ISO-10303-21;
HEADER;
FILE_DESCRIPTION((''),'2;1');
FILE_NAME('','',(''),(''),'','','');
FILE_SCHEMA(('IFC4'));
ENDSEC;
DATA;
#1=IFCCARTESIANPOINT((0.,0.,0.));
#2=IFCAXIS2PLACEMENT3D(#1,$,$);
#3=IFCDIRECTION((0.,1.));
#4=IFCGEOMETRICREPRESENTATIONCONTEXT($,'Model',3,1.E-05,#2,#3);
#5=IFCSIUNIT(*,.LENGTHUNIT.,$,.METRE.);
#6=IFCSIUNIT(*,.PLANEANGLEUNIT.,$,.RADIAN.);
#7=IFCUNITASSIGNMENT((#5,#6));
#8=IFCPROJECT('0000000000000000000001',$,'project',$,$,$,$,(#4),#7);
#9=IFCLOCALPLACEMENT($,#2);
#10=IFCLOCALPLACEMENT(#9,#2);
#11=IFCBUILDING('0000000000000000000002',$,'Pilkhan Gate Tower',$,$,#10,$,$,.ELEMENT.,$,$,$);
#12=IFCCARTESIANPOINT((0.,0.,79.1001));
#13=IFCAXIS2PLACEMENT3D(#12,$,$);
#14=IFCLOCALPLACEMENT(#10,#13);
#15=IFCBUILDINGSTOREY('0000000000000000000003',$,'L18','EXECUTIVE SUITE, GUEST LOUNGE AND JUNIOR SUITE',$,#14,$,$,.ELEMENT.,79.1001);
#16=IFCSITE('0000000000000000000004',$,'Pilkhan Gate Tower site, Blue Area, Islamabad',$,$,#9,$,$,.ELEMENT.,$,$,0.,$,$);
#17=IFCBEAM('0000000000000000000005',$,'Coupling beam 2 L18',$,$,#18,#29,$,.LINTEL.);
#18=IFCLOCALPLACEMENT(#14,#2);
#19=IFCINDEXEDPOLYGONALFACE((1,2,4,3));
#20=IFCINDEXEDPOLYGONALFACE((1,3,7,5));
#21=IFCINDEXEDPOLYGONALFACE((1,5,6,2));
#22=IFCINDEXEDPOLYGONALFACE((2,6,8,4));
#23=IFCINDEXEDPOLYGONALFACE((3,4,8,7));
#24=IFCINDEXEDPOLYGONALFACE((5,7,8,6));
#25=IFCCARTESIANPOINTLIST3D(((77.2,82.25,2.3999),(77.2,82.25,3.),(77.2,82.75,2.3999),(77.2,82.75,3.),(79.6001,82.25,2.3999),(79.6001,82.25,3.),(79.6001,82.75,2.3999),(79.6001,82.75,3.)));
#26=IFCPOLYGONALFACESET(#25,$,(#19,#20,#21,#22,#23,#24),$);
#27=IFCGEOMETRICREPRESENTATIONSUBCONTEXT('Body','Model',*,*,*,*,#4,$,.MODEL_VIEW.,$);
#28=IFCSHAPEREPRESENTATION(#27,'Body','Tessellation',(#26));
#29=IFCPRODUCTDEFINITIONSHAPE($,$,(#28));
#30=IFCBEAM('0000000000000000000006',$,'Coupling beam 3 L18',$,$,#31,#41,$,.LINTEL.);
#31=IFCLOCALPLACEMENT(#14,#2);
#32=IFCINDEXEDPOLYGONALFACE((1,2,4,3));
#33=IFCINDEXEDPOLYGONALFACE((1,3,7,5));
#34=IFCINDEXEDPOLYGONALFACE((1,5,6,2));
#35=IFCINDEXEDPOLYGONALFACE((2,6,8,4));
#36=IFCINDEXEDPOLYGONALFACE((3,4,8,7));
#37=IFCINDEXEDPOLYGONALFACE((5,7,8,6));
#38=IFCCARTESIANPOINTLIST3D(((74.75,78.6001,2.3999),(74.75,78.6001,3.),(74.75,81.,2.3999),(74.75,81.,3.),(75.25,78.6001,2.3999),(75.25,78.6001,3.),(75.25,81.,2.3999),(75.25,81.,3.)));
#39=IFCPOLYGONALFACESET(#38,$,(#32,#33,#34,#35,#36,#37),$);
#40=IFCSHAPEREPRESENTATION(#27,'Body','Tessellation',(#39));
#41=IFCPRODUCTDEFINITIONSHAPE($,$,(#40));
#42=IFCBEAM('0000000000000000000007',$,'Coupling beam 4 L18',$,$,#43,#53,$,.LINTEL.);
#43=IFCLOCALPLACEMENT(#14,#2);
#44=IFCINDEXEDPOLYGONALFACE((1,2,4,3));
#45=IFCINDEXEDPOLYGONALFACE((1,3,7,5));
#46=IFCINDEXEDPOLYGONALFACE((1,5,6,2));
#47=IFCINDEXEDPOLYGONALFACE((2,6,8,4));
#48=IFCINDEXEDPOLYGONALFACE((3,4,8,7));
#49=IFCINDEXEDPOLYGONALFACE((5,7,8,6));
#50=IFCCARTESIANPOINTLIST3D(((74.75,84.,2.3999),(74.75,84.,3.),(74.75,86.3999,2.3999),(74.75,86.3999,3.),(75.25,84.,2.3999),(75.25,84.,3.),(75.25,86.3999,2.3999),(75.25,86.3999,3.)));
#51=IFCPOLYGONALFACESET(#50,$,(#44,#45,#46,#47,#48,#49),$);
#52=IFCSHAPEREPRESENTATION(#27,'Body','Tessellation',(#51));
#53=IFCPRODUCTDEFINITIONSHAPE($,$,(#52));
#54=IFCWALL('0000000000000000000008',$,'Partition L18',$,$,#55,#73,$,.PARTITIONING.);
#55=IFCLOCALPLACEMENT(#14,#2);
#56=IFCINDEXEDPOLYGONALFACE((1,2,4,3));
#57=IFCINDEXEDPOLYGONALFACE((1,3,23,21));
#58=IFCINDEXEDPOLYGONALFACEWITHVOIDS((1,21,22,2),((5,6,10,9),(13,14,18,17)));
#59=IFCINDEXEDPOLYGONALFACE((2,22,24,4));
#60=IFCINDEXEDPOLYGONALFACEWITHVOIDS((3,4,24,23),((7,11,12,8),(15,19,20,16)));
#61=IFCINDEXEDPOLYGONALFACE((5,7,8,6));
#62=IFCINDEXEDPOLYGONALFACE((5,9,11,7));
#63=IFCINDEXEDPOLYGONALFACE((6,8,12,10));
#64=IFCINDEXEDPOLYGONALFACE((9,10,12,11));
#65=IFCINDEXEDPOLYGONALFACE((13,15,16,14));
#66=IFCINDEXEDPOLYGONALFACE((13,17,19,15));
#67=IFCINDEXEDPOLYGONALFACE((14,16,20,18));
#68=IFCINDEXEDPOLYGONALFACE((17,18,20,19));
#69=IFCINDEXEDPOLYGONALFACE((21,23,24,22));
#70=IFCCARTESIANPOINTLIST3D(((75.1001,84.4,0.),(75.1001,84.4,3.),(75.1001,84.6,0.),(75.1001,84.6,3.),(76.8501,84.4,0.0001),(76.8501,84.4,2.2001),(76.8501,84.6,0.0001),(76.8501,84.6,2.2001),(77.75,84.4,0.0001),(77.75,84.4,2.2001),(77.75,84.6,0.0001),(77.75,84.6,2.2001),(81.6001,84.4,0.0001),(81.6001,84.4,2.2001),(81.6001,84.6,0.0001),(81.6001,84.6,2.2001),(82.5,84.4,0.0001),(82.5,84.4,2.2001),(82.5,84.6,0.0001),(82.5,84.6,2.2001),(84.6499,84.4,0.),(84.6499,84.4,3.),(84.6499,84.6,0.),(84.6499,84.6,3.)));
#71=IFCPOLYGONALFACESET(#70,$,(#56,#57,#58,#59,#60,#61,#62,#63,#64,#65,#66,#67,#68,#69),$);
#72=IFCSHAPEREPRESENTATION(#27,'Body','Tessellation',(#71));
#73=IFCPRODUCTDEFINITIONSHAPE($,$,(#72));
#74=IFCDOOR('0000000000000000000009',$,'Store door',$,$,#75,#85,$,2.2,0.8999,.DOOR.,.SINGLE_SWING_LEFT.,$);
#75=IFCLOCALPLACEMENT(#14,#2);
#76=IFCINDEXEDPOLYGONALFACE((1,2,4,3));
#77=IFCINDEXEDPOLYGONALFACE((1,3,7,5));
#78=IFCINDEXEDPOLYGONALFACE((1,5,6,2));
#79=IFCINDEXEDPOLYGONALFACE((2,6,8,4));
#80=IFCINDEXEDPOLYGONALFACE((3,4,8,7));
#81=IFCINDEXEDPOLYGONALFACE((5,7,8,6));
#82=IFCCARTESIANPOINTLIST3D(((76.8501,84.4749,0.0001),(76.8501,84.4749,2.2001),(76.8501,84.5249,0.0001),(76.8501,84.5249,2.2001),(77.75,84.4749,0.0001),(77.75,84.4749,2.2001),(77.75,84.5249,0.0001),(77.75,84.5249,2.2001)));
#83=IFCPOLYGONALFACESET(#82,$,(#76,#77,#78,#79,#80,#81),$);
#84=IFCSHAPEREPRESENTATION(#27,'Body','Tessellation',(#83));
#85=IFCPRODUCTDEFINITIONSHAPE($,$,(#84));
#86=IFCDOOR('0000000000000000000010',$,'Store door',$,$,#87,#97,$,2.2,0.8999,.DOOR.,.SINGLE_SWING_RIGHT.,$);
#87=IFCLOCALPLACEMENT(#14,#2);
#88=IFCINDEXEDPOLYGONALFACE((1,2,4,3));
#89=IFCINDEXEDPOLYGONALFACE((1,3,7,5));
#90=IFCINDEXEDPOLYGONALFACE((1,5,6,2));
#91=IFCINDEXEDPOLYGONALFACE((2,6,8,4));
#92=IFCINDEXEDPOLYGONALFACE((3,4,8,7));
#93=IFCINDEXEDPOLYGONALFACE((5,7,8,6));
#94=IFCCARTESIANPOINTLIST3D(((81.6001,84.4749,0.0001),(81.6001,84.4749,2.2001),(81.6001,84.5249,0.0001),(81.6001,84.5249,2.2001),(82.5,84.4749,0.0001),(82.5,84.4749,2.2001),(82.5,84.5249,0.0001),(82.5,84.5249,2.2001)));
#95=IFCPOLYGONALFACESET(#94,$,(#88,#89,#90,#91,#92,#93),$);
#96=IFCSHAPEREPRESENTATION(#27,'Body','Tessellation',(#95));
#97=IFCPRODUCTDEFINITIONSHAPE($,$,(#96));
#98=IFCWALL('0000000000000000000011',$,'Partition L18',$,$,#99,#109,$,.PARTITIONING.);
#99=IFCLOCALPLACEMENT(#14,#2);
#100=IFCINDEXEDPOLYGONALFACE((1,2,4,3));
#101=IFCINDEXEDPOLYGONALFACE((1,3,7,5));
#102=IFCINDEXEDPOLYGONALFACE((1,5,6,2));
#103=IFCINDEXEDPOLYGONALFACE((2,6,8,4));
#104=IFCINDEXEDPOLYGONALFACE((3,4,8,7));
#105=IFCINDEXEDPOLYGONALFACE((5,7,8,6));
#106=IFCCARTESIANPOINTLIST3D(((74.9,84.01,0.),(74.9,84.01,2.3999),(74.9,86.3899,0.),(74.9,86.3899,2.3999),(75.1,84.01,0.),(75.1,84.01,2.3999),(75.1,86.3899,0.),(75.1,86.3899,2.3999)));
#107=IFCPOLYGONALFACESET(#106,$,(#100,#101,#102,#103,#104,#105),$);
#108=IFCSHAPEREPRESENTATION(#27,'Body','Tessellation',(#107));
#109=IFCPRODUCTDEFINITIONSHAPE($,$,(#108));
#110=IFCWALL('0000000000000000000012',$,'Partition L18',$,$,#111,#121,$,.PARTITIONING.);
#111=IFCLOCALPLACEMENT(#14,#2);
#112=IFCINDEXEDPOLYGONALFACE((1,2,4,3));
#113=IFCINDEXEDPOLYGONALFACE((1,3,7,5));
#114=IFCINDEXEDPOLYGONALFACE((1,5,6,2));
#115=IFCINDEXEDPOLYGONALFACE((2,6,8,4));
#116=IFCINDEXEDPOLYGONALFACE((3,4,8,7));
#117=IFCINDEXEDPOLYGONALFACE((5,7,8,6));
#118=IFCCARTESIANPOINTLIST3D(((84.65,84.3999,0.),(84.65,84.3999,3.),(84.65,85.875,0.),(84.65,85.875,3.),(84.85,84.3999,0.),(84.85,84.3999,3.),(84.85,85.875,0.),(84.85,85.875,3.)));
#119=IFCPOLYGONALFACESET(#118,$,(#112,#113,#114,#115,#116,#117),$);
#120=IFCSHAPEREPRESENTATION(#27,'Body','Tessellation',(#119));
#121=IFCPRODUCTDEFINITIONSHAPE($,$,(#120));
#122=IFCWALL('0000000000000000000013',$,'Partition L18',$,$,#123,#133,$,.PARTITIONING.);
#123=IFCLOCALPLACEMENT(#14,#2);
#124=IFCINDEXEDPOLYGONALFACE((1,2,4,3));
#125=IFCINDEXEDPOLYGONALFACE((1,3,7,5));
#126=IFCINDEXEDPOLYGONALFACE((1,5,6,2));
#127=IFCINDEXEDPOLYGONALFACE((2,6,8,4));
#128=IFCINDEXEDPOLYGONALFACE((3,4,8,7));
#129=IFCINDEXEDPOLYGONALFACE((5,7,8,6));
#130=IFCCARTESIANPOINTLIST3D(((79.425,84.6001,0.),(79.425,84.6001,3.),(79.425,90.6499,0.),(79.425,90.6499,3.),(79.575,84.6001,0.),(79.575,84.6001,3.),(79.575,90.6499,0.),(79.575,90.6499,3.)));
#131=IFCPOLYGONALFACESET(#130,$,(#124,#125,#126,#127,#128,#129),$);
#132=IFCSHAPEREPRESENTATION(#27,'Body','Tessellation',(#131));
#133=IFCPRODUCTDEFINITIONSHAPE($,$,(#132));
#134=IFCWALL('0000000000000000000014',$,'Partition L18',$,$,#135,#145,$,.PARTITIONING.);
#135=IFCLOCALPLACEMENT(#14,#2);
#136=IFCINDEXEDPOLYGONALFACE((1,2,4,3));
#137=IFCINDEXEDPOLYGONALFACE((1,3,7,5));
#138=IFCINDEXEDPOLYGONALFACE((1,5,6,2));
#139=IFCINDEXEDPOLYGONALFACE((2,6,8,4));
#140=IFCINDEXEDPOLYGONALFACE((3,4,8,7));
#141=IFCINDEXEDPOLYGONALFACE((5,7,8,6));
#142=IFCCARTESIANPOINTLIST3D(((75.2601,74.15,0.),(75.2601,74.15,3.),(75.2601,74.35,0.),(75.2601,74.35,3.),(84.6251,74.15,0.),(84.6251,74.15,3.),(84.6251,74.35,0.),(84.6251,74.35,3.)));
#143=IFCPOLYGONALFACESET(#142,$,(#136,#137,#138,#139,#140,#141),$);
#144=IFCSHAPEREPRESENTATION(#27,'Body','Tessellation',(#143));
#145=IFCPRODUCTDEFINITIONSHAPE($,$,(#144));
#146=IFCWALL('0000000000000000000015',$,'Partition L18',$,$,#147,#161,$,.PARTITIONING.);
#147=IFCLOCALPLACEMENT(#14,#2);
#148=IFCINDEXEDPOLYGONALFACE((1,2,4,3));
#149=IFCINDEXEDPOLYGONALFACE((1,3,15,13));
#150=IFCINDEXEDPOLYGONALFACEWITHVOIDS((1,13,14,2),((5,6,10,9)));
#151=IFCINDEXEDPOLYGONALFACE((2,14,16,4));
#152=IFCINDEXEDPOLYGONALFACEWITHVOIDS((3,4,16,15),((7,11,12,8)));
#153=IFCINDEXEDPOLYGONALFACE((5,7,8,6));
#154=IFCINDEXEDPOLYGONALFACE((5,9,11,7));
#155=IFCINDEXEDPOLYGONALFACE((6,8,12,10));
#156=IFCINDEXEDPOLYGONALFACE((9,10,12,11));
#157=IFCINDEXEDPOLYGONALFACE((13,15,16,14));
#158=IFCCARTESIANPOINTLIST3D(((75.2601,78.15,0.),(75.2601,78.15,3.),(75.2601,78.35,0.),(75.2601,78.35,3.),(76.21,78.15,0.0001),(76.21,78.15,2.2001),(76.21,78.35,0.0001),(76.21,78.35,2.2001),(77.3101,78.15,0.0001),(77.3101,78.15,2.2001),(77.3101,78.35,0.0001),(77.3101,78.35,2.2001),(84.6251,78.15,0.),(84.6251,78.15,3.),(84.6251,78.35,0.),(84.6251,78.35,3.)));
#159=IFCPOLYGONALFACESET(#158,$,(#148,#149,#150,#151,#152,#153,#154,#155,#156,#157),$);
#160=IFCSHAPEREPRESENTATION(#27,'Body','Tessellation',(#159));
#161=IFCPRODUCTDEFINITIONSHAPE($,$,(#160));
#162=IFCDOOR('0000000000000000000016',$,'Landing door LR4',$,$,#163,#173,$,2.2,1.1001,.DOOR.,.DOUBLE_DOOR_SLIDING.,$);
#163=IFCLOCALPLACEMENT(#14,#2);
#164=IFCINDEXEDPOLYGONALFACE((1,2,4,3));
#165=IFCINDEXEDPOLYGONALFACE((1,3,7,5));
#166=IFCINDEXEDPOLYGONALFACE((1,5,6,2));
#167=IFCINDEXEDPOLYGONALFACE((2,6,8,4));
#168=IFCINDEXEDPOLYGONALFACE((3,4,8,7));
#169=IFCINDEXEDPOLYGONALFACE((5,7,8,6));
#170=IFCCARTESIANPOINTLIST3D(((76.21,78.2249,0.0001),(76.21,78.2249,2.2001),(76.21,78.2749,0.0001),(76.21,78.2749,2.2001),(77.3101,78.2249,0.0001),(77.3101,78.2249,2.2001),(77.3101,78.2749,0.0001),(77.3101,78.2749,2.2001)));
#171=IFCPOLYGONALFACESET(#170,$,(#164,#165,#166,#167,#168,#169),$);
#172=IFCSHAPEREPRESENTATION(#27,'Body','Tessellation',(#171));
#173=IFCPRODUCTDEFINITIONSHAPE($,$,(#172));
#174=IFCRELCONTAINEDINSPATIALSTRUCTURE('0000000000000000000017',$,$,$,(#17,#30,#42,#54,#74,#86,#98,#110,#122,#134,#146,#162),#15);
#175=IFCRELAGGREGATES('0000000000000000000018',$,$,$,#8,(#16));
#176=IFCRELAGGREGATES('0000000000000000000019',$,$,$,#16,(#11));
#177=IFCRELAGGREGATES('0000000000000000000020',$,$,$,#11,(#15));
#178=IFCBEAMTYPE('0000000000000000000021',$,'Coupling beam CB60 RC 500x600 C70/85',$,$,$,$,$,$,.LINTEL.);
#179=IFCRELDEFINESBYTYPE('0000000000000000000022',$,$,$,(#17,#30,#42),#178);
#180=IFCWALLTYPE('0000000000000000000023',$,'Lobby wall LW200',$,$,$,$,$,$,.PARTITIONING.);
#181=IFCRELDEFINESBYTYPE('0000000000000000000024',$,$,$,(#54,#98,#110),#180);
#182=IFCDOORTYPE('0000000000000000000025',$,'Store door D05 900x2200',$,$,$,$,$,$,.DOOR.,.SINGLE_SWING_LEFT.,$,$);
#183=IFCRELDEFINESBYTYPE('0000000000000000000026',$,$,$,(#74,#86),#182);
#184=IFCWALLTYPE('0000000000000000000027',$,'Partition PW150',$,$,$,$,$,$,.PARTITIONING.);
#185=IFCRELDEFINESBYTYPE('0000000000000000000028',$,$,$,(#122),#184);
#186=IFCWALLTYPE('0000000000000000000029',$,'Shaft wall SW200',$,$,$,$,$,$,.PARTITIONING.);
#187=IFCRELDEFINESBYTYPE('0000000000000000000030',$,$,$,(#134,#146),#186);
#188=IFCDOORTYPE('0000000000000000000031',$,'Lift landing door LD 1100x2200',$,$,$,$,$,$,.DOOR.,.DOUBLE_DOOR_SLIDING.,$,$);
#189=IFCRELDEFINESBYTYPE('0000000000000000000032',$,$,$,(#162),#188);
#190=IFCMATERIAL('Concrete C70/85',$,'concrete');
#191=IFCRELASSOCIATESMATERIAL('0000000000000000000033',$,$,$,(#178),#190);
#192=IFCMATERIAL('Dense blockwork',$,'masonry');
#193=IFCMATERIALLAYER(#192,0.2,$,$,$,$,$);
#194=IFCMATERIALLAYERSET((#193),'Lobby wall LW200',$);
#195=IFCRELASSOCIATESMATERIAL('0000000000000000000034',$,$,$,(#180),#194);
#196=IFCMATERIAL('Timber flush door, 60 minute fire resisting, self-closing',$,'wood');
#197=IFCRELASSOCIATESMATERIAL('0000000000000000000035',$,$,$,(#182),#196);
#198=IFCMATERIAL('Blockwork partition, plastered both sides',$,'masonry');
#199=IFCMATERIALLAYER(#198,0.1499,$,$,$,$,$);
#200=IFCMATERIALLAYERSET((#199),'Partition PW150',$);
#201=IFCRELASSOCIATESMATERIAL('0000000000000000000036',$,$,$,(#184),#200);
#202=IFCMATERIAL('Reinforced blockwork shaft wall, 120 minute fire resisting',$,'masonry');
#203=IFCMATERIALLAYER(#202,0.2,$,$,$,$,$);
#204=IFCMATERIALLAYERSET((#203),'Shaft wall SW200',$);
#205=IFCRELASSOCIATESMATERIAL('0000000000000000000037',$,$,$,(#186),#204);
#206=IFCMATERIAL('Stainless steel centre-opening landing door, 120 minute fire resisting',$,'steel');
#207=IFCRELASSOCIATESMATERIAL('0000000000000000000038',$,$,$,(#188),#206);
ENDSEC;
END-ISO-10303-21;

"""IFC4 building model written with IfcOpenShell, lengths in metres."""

from ifc_helpers import new_model, si_unit, direction, frame, frame_2d, origin, origin_2d, place, context, subcontext, project, spatial, rectangle, extrude, material, layer, layer_set, material_profile, profile_set, type_object, element, fill, save


model = new_model("IFC4")

# Units and contexts
model_context = context("Model", 3, precision=1e-05, world=origin(), true_north=direction((0.0, 1.0)))
body_context = subcontext(model_context, "Body", "Model", "MODEL_VIEW")
ifc_project = project(units=[si_unit("LENGTHUNIT", "METRE"), si_unit("PLANEANGLEUNIT", "RADIAN")], contexts=[model_context])

# Site, building, storey
site_placement = place(None, origin())
site = spatial("IfcSite", under=ifc_project, at=site_placement, Name="Pilkhan Gate Tower site, Blue Area, Islamabad", CompositionType="ELEMENT", RefElevation=0.0)
building_placement = place(site_placement, origin())
building = spatial("IfcBuilding", under=site, at=building_placement, Name="Pilkhan Gate Tower", CompositionType="ELEMENT")
storey_placement = place(building_placement, frame((0.0, 0.0, 79.1001)))
storey = spatial("IfcBuildingStorey", under=building, at=storey_placement, Name="L18", Description="EXECUTIVE SUITE, GUEST LOUNGE AND JUNIOR SUITE", CompositionType="ELEMENT", Elevation=79.1001)

# Beams
ifc_material_1 = material(Name="Concrete C70/85", Category="concrete")
ifc_material_profile = material_profile(ifc_material_1, rectangle(XDim=0.5, YDim=0.6001, at=origin_2d()), Name="RC 500x600")
ifc_profile_set = profile_set([ifc_material_profile], Name="Concrete C70/85")
beam_type = type_object("IfcBeamType", Name="Coupling beam CB60 RC 500x600 C70/85", PredefinedType="LINTEL", material=ifc_profile_set)
beam_placement = place(storey_placement, frame((77.2, 82.5, 2.7), z_axis=(1.0, 0.0, 0.0), x_axis=(0.0, 1.0, 0.0)))
element("IfcBeam", 1, at=beam_placement, inside=storey, type_object=beam_type, Name="Coupling beam 2 L18", PredefinedType="LINTEL", context=body_context, shape_type="SweptSolid", body=[
    extrude(rectangle(XDim=0.5, YDim=0.6001, at=origin_2d()), origin(), (0.0, 0.0, 1.0), 2.4001),
])
for number, where, z_axis, x_axis, name in (
    (2, (75.0, 78.6001, 2.7), (0.0, 1.0, 0.0), (-1.0, 0.0, 0.0), "Coupling beam 3 L18"),
    (3, (75.0, 84.0, 2.7), (0.0, 1.0, 0.0), (-1.0, 0.0, 0.0), "Coupling beam 4 L18"),
):
    element("IfcBeam", number, at=place(storey_placement, frame(where, z_axis=z_axis, x_axis=x_axis)), inside=storey, type_object=beam_type, Name=name, PredefinedType="LINTEL", context=body_context, shape_type="SweptSolid", body=[
        extrude(rectangle(XDim=0.5, YDim=0.6001, at=origin_2d()), origin(), (0.0, 0.0, 1.0), 2.3999),
    ])

# Wall, openings, doors
ifc_material_2 = material(Name="Dense blockwork", Category="masonry")
ifc_layer_1 = layer(ifc_material_2, 0.2)
ifc_layer_set_1 = layer_set([ifc_layer_1], Name="Lobby wall LW200")
wall_type_1 = type_object("IfcWallType", Name="Lobby wall LW200", PredefinedType="PARTITIONING", material=ifc_layer_set_1)
wall_1_placement = place(storey_placement, frame((75.1001, 84.5, 0.0), z_axis=(0.0, 0.0, 1.0), x_axis=(1.0, 0.0, 0.0)))
wall_1 = element("IfcWall", 4, at=wall_1_placement, inside=storey, type_object=wall_type_1, Name="Partition L18", PredefinedType="PARTITIONING", context=body_context, shape_type="SweptSolid", body=[
    extrude(rectangle(XDim=9.5498, YDim=0.2, at=frame_2d((4.7749, 0.0))), origin(), (0.0, 0.0, 1.0), 3.0),
])
opening_1_placement = place(wall_1_placement, frame((1.75, 0.0, 0.0)))
opening_1 = element("IfcOpeningElement", 5, at=opening_1_placement, cuts=wall_1, PredefinedType="OPENING", context=body_context, shape_type="SweptSolid", body=[
    extrude(rectangle(XDim=0.8999, YDim=2.2, at=frame_2d((0.45, 1.1001))), frame((0.0, 0.1099, 0.0), z_axis=(0.0, -1.0, 0.0), x_axis=(1.0, 0.0, 0.0)), (0.0, 0.0, 1.0), 0.22),
])
opening_2_placement = place(wall_1_placement, frame((6.5, 0.0, 0.0)))
opening_2 = element("IfcOpeningElement", 6, at=opening_2_placement, cuts=wall_1, PredefinedType="OPENING", context=body_context, shape_type="SweptSolid", body=[
    extrude(rectangle(XDim=0.8999, YDim=2.2, at=frame_2d((0.45, 1.1001))), frame((0.0, 0.1099, 0.0), z_axis=(0.0, -1.0, 0.0), x_axis=(1.0, 0.0, 0.0)), (0.0, 0.0, 1.0), 0.22),
])
ifc_material_3 = material(Name="Timber flush door, 60 minute fire resisting, self-closing", Category="wood")
door_type_1 = type_object("IfcDoorType", Name="Store door D05 900x2200", OperationType="SINGLE_SWING_LEFT", PredefinedType="DOOR", material=ifc_material_3)
door_1_placement = place(opening_1_placement, origin())
door_1 = element("IfcDoor", 7, at=door_1_placement, inside=storey, type_object=door_type_1, Name="Store door", OperationType="SINGLE_SWING_LEFT", OverallHeight=2.2, OverallWidth=0.8999, PredefinedType="DOOR", context=body_context, shape_type="SweptSolid", body=[
    extrude(rectangle(XDim=0.8999, YDim=2.2, at=frame_2d((0.45, 1.1001))), frame((0.0, 0.0249, 0.0), z_axis=(0.0, -1.0, 0.0), x_axis=(1.0, 0.0, 0.0)), (0.0, 0.0, 1.0), 0.05),
])
fill(opening_1, door_1)
door_2_placement = place(opening_2_placement, origin())
door_2 = element("IfcDoor", 8, at=door_2_placement, inside=storey, type_object=door_type_1, Name="Store door", OperationType="SINGLE_SWING_RIGHT", OverallHeight=2.2, OverallWidth=0.8999, PredefinedType="DOOR", context=body_context, shape_type="SweptSolid", body=[
    extrude(rectangle(XDim=0.8999, YDim=2.2, at=frame_2d((0.45, 1.1001))), frame((0.0, 0.0249, 0.0), z_axis=(0.0, -1.0, 0.0), x_axis=(1.0, 0.0, 0.0)), (0.0, 0.0, 1.0), 0.05),
])
fill(opening_2, door_2)

# Walls
wall_2_placement = place(storey_placement, frame((75.0, 84.01, 0.0), z_axis=(0.0, 0.0, 1.0), x_axis=(0.0, 1.0, 0.0)))
element("IfcWall", 9, at=wall_2_placement, inside=storey, type_object=wall_type_1, Name="Partition L18", PredefinedType="PARTITIONING", context=body_context, shape_type="SweptSolid", body=[
    extrude(rectangle(XDim=2.3799, YDim=0.2, at=frame_2d((1.1899, 0.0))), origin(), (0.0, 0.0, 1.0), 2.3999),
])
wall_3_placement = place(storey_placement, frame((84.75, 84.3999, 0.0), z_axis=(0.0, 0.0, 1.0), x_axis=(0.0, 1.0, 0.0)))
element("IfcWall", 10, at=wall_3_placement, inside=storey, type_object=wall_type_1, Name="Partition L18", PredefinedType="PARTITIONING", context=body_context, shape_type="SweptSolid", body=[
    extrude(rectangle(XDim=1.4751, YDim=0.2, at=frame_2d((0.7375, 0.0))), origin(), (0.0, 0.0, 1.0), 3.0),
])
ifc_material_4 = material(Name="Blockwork partition, plastered both sides", Category="masonry")
ifc_layer_2 = layer(ifc_material_4, 0.1499)
ifc_layer_set_2 = layer_set([ifc_layer_2], Name="Partition PW150")
wall_type_2 = type_object("IfcWallType", Name="Partition PW150", PredefinedType="PARTITIONING", material=ifc_layer_set_2)
wall_4_placement = place(storey_placement, frame((79.5, 84.6001, 0.0), z_axis=(0.0, 0.0, 1.0), x_axis=(0.0, 1.0, 0.0)))
element("IfcWall", 11, at=wall_4_placement, inside=storey, type_object=wall_type_2, Name="Partition L18", PredefinedType="PARTITIONING", context=body_context, shape_type="SweptSolid", body=[
    extrude(rectangle(XDim=6.0498, YDim=0.1499, at=frame_2d((3.0249, 0.0))), origin(), (0.0, 0.0, 1.0), 3.0),
])
ifc_material_5 = material(Name="Reinforced blockwork shaft wall, 120 minute fire resisting", Category="masonry")
ifc_layer_3 = layer(ifc_material_5, 0.2)
ifc_layer_set_3 = layer_set([ifc_layer_3], Name="Shaft wall SW200")
wall_type_3 = type_object("IfcWallType", Name="Shaft wall SW200", PredefinedType="PARTITIONING", material=ifc_layer_set_3)
wall_5_placement = place(storey_placement, frame((75.26, 74.25, 0.0), z_axis=(0.0, 0.0, 1.0), x_axis=(1.0, 0.0, 0.0)))
element("IfcWall", 12, at=wall_5_placement, inside=storey, type_object=wall_type_3, Name="Partition L18", PredefinedType="PARTITIONING", context=body_context, shape_type="SweptSolid", body=[
    extrude(rectangle(XDim=9.365, YDim=0.2, at=frame_2d((4.6826, 0.0))), origin(), (0.0, 0.0, 1.0), 3.0),
])

# Wall, opening, door
wall_6_placement = place(storey_placement, frame((75.26, 78.25, 0.0), z_axis=(0.0, 0.0, 1.0), x_axis=(1.0, 0.0, 0.0)))
wall_6 = element("IfcWall", 13, at=wall_6_placement, inside=storey, type_object=wall_type_3, Name="Partition L18", PredefinedType="PARTITIONING", context=body_context, shape_type="SweptSolid", body=[
    extrude(rectangle(XDim=9.365, YDim=0.2, at=frame_2d((4.6826, 0.0))), origin(), (0.0, 0.0, 1.0), 3.0),
])
opening_3_placement = place(wall_6_placement, frame((0.95, 0.0, 0.0)))
opening_3 = element("IfcOpeningElement", 14, at=opening_3_placement, cuts=wall_6, PredefinedType="OPENING", context=body_context, shape_type="SweptSolid", body=[
    extrude(rectangle(XDim=1.1001, YDim=2.2, at=frame_2d((0.55, 1.1001))), frame((0.0, 0.1099, 0.0), z_axis=(0.0, -1.0, 0.0), x_axis=(1.0, 0.0, 0.0)), (0.0, 0.0, 1.0), 0.22),
])
ifc_material_6 = material(Name="Stainless steel centre-opening landing door, 120 minute fire resisting", Category="steel")
door_type_2 = type_object("IfcDoorType", Name="Lift landing door LD 1100x2200", OperationType="DOUBLE_DOOR_SLIDING", PredefinedType="DOOR", material=ifc_material_6)
door_3_placement = place(opening_3_placement, origin())
door_3 = element("IfcDoor", 15, at=door_3_placement, inside=storey, type_object=door_type_2, Name="Landing door LR4", OperationType="DOUBLE_DOOR_SLIDING", OverallHeight=2.2, OverallWidth=1.1001, PredefinedType="DOOR", context=body_context, shape_type="SweptSolid", body=[
    extrude(rectangle(XDim=1.1001, YDim=2.2, at=frame_2d((0.55, 1.1001))), frame((0.0, 0.0249, 0.0), z_axis=(0.0, -1.0, 0.0), x_axis=(1.0, 0.0, 0.0)), (0.0, 0.0, 1.0), 0.05),
])
fill(opening_3, door_3)

save(model, "model.ifc")
